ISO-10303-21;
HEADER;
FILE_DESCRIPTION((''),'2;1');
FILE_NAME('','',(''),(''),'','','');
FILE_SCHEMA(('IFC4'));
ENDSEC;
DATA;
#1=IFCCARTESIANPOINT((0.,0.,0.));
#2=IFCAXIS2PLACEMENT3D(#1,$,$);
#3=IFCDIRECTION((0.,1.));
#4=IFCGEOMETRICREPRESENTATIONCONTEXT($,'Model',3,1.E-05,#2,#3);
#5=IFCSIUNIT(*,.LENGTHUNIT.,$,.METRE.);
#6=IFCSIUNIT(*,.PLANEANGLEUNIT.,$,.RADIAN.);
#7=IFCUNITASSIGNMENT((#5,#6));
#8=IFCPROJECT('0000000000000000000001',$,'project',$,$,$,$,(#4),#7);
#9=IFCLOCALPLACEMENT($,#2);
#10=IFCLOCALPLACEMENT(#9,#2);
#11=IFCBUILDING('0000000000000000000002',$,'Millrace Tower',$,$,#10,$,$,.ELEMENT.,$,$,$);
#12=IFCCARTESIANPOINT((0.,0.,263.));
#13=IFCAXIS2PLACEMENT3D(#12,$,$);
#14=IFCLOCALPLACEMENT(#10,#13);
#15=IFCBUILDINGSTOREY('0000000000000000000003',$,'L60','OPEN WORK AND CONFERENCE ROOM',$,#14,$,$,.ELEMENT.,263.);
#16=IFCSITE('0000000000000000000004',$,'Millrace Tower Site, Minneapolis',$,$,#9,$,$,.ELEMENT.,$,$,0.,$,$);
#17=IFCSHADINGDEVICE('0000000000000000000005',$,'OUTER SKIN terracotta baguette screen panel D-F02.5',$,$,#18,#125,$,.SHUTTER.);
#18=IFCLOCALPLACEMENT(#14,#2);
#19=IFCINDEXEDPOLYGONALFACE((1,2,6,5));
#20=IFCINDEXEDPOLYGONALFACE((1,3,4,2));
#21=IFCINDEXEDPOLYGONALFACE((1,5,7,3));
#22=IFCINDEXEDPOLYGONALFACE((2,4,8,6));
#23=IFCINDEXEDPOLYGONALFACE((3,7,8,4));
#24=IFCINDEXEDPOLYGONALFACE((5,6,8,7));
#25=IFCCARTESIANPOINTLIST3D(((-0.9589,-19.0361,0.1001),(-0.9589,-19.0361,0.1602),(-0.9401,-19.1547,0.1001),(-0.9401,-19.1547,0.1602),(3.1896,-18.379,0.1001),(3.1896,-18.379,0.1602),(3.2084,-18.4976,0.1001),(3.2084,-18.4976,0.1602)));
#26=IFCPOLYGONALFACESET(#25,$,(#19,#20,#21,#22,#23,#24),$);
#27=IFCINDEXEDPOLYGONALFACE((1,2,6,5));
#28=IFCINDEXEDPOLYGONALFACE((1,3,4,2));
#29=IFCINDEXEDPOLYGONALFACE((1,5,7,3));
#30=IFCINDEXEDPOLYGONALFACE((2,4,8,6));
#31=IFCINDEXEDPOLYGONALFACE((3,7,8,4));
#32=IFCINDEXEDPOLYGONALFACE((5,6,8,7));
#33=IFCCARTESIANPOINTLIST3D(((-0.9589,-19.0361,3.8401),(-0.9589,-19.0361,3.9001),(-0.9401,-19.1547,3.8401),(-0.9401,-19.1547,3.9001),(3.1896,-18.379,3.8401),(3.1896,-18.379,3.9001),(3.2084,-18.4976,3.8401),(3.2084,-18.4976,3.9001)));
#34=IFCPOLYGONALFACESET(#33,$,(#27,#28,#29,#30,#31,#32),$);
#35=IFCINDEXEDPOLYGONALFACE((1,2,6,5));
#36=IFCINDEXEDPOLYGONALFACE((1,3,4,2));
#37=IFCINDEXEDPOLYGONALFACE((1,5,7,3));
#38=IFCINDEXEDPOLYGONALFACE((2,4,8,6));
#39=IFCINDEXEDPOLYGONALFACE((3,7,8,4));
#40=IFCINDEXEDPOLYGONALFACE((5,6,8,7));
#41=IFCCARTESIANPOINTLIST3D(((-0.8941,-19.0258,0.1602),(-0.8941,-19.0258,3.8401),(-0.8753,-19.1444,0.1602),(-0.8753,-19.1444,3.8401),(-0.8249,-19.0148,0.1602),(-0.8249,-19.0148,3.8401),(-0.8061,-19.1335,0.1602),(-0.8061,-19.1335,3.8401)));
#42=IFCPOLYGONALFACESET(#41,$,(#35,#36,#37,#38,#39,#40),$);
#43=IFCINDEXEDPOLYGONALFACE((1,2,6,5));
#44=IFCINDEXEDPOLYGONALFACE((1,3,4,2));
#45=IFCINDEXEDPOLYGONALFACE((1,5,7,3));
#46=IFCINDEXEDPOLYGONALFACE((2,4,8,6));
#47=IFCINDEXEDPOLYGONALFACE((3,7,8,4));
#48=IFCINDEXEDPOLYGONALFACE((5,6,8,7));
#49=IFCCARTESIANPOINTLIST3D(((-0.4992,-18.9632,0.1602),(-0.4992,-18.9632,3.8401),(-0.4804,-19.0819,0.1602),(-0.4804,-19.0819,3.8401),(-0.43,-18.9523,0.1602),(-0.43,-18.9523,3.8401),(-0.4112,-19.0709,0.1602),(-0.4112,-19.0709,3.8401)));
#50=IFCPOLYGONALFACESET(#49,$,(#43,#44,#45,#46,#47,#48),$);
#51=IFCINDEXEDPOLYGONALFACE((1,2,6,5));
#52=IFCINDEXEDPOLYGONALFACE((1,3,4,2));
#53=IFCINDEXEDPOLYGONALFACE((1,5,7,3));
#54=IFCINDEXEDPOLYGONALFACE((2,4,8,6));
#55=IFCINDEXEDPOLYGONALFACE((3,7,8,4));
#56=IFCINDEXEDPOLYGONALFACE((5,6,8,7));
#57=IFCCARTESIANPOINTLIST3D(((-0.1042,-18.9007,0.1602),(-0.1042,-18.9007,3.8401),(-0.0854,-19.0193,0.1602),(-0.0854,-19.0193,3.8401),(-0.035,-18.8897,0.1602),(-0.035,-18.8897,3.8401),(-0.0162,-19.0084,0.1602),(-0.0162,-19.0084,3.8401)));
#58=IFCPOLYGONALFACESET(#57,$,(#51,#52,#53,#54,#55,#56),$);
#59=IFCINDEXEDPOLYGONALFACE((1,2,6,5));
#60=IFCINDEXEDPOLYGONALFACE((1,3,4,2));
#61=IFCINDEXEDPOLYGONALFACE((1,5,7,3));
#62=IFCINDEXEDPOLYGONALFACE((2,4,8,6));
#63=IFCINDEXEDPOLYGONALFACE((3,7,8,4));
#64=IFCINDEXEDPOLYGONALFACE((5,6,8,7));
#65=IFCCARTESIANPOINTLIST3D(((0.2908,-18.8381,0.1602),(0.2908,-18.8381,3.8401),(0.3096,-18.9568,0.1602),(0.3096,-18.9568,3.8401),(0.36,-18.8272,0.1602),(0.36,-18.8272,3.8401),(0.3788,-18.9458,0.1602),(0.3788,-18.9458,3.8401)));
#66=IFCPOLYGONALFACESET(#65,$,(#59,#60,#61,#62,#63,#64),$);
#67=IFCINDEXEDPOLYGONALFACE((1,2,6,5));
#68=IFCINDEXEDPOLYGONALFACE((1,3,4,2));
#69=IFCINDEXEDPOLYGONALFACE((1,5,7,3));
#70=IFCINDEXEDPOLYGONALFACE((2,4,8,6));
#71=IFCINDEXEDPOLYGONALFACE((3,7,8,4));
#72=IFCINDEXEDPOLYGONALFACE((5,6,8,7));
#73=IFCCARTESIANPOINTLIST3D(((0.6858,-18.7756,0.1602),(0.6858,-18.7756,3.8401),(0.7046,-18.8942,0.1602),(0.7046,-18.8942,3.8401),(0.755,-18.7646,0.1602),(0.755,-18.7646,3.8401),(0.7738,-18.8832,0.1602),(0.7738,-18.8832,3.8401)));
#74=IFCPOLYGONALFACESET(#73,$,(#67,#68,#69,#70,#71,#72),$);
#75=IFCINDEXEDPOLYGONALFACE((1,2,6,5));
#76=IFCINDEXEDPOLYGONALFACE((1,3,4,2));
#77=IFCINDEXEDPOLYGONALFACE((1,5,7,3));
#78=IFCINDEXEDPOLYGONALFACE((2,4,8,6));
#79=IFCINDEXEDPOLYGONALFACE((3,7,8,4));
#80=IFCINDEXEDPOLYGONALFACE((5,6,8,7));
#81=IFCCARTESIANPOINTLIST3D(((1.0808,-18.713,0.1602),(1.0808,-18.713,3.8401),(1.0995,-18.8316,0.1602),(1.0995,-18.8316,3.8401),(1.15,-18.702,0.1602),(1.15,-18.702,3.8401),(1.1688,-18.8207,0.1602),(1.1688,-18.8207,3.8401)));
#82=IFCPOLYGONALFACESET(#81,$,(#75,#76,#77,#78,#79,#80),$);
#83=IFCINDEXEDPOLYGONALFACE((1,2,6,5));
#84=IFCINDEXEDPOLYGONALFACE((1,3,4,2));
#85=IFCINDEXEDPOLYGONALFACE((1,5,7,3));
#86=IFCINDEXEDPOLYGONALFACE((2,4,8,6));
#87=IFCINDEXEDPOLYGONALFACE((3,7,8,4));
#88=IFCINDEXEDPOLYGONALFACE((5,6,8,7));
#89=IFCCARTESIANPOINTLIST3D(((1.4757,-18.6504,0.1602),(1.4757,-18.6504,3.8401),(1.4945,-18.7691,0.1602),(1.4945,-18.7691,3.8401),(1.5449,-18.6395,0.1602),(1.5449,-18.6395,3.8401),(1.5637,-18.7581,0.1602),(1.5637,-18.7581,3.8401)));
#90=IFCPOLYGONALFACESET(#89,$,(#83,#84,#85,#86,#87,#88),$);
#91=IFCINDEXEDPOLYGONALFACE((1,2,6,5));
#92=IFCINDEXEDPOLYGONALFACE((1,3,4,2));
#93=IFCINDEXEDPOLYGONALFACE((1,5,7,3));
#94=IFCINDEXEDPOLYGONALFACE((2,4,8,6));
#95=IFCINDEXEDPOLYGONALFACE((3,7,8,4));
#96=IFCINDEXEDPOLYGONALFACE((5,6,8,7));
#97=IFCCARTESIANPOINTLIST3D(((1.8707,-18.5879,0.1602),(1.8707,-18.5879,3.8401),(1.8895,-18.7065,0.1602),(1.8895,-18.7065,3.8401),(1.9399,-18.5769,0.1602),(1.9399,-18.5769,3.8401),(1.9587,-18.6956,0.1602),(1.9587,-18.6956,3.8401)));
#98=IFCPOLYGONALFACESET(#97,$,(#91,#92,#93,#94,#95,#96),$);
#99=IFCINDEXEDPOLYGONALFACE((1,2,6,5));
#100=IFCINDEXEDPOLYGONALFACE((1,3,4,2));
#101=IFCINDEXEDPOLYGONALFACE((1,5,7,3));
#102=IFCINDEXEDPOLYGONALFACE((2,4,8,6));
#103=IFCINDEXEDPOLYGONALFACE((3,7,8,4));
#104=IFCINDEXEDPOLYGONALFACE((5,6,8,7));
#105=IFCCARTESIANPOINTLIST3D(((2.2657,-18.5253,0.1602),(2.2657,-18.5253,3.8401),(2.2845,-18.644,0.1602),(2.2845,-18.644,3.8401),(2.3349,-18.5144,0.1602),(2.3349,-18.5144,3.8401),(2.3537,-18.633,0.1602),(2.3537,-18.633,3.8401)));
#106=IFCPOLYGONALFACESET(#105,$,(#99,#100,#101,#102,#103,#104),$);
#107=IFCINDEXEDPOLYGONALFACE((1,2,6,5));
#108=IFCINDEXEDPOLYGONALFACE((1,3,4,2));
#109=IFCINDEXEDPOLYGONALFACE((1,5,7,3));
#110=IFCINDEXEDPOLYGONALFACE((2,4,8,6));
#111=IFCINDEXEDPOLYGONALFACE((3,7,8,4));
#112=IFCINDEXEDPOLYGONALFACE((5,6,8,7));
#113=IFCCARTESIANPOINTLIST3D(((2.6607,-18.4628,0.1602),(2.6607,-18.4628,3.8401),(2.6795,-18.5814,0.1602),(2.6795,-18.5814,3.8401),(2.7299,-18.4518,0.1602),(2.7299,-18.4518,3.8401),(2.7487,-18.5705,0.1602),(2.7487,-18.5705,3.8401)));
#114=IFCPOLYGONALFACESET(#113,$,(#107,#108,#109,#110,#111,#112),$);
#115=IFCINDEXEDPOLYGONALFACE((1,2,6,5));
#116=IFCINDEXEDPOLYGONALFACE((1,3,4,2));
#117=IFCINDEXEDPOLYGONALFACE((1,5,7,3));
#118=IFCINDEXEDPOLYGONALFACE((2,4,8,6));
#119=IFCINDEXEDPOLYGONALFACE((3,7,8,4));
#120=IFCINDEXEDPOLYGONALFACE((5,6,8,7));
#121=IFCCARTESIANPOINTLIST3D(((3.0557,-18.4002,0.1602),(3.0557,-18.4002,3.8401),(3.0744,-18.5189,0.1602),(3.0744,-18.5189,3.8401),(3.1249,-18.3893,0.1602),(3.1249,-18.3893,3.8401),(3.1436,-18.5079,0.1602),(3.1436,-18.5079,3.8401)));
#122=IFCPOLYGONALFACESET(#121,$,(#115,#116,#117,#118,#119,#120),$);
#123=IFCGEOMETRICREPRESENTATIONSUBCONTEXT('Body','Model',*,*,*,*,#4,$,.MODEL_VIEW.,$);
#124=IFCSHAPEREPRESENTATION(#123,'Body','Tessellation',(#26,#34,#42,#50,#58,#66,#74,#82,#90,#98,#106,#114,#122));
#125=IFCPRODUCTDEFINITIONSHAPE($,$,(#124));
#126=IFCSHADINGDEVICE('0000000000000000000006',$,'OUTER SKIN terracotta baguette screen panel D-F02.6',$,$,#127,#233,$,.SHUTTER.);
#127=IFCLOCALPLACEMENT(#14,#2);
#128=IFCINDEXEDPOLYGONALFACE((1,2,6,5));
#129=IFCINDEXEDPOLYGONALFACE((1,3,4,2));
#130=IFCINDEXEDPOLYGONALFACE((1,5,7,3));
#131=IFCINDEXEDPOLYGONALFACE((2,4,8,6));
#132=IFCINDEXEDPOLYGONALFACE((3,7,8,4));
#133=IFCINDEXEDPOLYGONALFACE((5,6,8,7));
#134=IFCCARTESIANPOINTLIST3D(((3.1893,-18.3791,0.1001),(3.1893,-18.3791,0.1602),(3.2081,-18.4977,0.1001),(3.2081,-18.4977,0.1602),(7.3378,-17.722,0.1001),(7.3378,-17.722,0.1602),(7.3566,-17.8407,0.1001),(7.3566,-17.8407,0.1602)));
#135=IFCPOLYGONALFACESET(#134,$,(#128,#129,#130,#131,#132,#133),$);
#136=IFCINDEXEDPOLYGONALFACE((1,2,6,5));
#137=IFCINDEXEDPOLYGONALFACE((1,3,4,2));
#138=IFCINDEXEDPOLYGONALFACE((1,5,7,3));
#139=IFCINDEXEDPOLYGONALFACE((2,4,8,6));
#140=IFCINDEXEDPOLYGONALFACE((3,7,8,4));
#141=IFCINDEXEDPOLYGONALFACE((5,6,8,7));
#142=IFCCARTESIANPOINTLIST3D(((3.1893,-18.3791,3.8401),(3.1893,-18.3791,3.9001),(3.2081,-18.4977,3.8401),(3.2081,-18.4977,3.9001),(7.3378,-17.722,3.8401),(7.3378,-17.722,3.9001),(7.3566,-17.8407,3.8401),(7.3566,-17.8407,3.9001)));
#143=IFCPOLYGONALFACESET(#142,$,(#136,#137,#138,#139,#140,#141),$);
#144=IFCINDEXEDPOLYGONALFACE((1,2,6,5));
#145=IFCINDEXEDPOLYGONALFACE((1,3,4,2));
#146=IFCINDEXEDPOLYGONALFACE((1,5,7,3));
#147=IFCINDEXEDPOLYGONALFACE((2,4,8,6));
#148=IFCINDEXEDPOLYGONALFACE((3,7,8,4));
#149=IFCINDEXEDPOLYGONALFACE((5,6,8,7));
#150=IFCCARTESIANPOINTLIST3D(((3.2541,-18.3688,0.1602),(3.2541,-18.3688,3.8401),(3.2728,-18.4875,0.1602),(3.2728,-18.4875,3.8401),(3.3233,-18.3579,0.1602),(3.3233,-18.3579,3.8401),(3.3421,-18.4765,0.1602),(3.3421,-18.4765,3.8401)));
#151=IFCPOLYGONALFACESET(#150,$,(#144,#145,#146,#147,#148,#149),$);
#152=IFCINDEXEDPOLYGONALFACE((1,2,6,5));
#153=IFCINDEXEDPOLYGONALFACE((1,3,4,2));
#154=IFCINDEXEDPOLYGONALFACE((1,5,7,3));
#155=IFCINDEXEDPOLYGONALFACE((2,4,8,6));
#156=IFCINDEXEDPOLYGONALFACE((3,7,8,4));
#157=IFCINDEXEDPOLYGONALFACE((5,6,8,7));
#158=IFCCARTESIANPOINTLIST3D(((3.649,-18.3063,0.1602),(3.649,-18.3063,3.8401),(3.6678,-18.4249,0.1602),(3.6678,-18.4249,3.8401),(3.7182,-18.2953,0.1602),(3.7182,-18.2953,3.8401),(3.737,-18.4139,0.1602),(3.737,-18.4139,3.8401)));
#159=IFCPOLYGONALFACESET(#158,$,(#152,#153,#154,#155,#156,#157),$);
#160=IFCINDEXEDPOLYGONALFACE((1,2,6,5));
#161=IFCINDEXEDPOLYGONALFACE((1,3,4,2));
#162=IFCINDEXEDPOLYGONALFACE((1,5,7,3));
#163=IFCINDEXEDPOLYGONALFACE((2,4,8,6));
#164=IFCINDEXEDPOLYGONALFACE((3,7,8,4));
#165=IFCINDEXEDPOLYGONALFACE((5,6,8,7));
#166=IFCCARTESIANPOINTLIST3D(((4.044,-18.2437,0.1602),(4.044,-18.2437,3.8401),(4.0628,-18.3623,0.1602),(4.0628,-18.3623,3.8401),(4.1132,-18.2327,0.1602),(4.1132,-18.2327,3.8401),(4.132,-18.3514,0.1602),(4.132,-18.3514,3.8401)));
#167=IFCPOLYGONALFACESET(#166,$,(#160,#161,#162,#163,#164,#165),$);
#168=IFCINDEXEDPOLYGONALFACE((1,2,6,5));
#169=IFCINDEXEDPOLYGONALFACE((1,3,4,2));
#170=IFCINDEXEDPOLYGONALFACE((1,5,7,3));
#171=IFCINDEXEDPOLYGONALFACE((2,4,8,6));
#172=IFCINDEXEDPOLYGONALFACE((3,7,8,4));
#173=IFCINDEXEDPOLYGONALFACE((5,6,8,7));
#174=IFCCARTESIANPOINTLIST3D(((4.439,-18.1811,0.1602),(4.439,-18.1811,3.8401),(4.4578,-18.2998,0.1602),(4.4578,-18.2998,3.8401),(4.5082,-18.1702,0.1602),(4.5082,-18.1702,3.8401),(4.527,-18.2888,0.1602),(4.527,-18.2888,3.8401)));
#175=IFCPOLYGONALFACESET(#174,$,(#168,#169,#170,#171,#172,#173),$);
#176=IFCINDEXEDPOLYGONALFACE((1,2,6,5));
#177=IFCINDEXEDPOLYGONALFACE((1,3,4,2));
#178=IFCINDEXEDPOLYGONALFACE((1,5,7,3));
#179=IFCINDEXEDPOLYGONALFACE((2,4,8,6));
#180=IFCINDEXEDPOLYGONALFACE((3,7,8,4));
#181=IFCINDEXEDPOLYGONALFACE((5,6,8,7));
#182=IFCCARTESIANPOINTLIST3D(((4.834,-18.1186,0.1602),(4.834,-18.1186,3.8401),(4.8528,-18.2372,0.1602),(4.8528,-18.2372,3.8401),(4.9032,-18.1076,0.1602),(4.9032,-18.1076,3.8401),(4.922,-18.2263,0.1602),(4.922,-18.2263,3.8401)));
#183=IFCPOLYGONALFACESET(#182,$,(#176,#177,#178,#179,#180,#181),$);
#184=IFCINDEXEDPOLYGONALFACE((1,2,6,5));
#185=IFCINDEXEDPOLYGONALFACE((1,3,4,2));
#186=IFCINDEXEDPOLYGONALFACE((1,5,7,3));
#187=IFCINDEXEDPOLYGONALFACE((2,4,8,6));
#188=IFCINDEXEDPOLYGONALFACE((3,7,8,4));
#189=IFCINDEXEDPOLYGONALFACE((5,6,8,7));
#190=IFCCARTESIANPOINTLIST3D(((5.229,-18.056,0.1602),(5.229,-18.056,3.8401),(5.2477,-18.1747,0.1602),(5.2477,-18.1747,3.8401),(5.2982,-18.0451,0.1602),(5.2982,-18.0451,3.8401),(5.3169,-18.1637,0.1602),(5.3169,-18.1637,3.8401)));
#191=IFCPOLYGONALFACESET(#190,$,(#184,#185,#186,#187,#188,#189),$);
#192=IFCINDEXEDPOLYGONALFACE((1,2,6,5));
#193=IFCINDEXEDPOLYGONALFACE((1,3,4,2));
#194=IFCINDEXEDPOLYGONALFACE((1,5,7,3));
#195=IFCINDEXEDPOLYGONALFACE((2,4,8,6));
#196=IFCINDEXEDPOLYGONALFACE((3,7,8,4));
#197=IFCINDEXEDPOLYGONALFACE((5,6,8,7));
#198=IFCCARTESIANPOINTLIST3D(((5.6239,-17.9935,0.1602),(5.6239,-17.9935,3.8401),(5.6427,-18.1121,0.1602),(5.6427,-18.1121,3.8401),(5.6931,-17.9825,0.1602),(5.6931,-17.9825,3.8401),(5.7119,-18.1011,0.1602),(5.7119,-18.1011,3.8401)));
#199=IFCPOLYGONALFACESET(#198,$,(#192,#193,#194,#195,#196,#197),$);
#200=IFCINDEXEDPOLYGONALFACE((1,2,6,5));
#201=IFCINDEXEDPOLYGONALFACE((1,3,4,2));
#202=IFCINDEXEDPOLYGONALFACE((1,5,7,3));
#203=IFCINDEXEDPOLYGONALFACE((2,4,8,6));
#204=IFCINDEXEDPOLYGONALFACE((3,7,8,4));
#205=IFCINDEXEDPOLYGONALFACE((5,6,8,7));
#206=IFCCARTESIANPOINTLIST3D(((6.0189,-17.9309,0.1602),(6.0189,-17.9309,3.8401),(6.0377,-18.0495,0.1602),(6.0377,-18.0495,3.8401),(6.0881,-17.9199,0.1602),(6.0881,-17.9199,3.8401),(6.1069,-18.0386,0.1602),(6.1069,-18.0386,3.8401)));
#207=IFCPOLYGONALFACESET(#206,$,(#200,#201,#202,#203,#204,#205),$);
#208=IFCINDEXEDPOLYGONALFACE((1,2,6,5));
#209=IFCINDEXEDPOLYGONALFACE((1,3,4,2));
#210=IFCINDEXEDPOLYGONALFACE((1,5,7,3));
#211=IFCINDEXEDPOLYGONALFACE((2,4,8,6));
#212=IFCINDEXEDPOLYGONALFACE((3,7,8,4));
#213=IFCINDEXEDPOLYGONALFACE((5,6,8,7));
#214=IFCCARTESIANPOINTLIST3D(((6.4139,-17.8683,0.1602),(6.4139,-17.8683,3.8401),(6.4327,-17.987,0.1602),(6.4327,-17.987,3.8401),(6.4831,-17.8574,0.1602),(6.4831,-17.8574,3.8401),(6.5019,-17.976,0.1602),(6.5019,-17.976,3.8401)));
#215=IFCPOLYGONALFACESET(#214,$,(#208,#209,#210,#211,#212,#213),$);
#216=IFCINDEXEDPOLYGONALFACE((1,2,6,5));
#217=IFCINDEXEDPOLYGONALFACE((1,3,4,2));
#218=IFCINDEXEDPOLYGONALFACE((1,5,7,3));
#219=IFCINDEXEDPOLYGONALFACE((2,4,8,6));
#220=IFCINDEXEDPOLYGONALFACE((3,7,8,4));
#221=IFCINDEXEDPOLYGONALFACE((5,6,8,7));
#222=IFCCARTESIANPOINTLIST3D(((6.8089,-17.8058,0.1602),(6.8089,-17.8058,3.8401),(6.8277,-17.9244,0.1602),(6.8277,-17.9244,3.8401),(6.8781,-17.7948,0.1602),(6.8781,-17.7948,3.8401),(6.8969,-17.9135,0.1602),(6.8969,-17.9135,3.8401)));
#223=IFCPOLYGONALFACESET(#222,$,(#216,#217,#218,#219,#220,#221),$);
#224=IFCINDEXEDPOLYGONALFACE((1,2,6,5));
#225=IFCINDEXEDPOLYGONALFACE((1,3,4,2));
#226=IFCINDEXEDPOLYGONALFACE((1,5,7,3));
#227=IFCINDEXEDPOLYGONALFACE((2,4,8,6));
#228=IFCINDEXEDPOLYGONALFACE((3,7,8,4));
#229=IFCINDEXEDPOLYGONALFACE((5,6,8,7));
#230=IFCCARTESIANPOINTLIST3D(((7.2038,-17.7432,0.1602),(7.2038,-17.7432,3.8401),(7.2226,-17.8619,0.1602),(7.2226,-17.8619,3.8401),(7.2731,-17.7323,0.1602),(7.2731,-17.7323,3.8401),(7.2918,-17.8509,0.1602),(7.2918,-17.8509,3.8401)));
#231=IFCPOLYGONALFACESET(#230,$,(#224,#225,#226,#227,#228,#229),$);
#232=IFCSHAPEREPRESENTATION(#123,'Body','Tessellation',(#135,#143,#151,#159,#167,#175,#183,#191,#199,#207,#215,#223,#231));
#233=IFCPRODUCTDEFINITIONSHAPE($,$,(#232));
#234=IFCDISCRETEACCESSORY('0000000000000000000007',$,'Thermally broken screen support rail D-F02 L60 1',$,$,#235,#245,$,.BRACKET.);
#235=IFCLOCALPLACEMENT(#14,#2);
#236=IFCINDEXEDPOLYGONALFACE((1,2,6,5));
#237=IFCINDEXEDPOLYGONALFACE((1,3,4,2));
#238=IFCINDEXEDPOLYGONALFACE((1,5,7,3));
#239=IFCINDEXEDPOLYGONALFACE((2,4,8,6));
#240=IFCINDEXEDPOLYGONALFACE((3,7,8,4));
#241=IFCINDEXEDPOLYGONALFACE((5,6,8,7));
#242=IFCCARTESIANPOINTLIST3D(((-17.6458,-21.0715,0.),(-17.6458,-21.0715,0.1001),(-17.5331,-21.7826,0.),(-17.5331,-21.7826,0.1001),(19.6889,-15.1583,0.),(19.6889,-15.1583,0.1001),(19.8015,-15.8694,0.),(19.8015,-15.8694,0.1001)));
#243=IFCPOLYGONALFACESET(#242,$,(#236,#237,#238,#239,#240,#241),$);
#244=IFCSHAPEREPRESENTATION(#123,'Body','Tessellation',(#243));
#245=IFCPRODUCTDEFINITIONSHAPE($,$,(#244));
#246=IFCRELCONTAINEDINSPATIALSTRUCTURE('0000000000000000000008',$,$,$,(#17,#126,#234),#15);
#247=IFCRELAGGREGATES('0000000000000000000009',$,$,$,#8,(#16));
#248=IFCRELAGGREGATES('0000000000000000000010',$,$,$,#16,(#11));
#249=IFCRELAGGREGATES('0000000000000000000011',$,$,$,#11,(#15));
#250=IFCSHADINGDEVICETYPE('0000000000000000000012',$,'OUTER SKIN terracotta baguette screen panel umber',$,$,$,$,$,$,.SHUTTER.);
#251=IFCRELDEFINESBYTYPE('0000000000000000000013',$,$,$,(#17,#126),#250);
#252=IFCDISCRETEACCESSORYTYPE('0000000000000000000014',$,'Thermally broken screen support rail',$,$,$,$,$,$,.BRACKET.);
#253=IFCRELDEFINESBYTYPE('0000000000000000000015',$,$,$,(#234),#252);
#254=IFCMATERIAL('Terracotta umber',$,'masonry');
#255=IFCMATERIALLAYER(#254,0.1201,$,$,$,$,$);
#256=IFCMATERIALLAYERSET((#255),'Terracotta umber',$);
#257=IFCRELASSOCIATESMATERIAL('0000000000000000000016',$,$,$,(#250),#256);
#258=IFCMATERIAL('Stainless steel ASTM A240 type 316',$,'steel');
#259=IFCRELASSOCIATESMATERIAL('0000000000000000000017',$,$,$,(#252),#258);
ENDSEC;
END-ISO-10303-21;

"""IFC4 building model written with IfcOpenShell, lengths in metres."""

from ifc_helpers import new_model, entity, si_unit, direction, frame, frame_2d, origin, origin_2d, place, context, subcontext, project, spatial, rectangle, extrude, source, transform, mapped, material, layer, layer_set, type_object, element, save


model = new_model("IFC4")

# Units and contexts
model_context = context("Model", 3, precision=1e-05, world=origin(), true_north=direction((0.0, 1.0)))
body_context = subcontext(model_context, "Body", "Model", "MODEL_VIEW")
ifc_project = project(units=[si_unit("LENGTHUNIT", "METRE"), si_unit("PLANEANGLEUNIT", "RADIAN")], contexts=[model_context])

# Site, building, storey
site_placement = place(None, origin())
site = spatial("IfcSite", under=ifc_project, at=site_placement, Name="Millrace Tower Site, Minneapolis", CompositionType="ELEMENT", RefElevation=0.0)
building_placement = place(site_placement, origin())
building = spatial("IfcBuilding", under=site, at=building_placement, Name="Millrace Tower", CompositionType="ELEMENT")
storey_placement = place(building_placement, frame((0.0, 0.0, 263.0)))
storey = spatial("IfcBuildingStorey", under=building, at=storey_placement, Name="L60", Description="OPEN WORK AND CONFERENCE ROOM", CompositionType="ELEMENT", Elevation=263.0)

# Shading devices
ifc_material_1 = material(Name="Terracotta umber", Category="masonry")
ifc_layer_1 = layer(ifc_material_1, 0.1201)
ifc_layer_set_1 = layer_set([ifc_layer_1], Name="Terracotta umber")
shading_device_type = type_object("IfcShadingDeviceType", Name="OUTER SKIN terracotta baguette screen panel umber", PredefinedType="SHUTTER", material=ifc_layer_set_1)
cartesian_point = entity("IfcCartesianPoint", [-2.1001, 0.0601])
shared_polyline = entity("IfcPolyline", [cartesian_point, entity("IfcCartesianPoint", [2.1001, 0.0601]), entity("IfcCartesianPoint", [2.1001, -0.0601]), entity("IfcCartesianPoint", [-2.1001, -0.0601]), cartesian_point])
shared_shape = source(origin(), body_context, "Body", "SweptSolid", [
    entity("IfcExtrudedAreaSolid", entity("IfcArbitraryClosedProfileDef", "AREA", None, shared_polyline), entity("IfcAxis2Placement3D", entity("IfcCartesianPoint", [0.0, 0.0, 0.0])), entity("IfcDirection", [0.0, 0.0, 1.0]), 0.0601),
    entity("IfcExtrudedAreaSolid", entity("IfcArbitraryClosedProfileDef", "AREA", None, shared_polyline), entity("IfcAxis2Placement3D", entity("IfcCartesianPoint", [0.0, 0.0, 3.74])), entity("IfcDirection", [0.0, 0.0, 1.0]), 0.0601),
    extrude(rectangle(XDim=0.0701, YDim=0.1201, at=frame_2d((-1.9995, 0.0))), frame((0.0, 0.0, 0.0601)), (0.0, 0.0, 1.0), 3.6799),
    extrude(rectangle(XDim=0.0701, YDim=0.1201, at=frame_2d((-1.5996, 0.0))), frame((0.0, 0.0, 0.0601)), (0.0, 0.0, 1.0), 3.6799),
    extrude(rectangle(XDim=0.0701, YDim=0.1201, at=frame_2d((-1.1997, 0.0))), frame((0.0, 0.0, 0.0601)), (0.0, 0.0, 1.0), 3.6799),
    extrude(rectangle(XDim=0.0701, YDim=0.1201, at=frame_2d((-0.7998, 0.0))), frame((0.0, 0.0, 0.0601)), (0.0, 0.0, 1.0), 3.6799),
    extrude(rectangle(XDim=0.0701, YDim=0.1201, at=frame_2d((-0.3999, 0.0))), frame((0.0, 0.0, 0.0601)), (0.0, 0.0, 1.0), 3.6799),
    extrude(rectangle(XDim=0.0701, YDim=0.1201, at=origin_2d()), frame((0.0, 0.0, 0.0601)), (0.0, 0.0, 1.0), 3.6799),
    extrude(rectangle(XDim=0.0701, YDim=0.1201, at=frame_2d((0.3999, 0.0))), frame((0.0, 0.0, 0.0601)), (0.0, 0.0, 1.0), 3.6799),
    extrude(rectangle(XDim=0.0701, YDim=0.1201, at=frame_2d((0.7998, 0.0))), frame((0.0, 0.0, 0.0601)), (0.0, 0.0, 1.0), 3.6799),
    extrude(rectangle(XDim=0.0701, YDim=0.1201, at=frame_2d((1.1997, 0.0))), frame((0.0, 0.0, 0.0601)), (0.0, 0.0, 1.0), 3.6799),
    extrude(rectangle(XDim=0.0701, YDim=0.1201, at=frame_2d((1.5996, 0.0))), frame((0.0, 0.0, 0.0601)), (0.0, 0.0, 1.0), 3.6799),
    extrude(rectangle(XDim=0.0701, YDim=0.1201, at=frame_2d((1.9995, 0.0))), frame((0.0, 0.0, 0.0601)), (0.0, 0.0, 1.0), 3.6799),
])
for number, where, z_axis, x_axis, name in (
    (1, (1.1248, -18.7668, 0.1001), (0.0, 0.0, 1.0), (0.987688, 0.156434, 0.0), "OUTER SKIN terracotta baguette screen panel D-F02.5"),
    (2, (5.2729, -18.1099, 0.1001), (0.0, 0.0, 1.0), (0.987688, 0.156434, 0.0), "OUTER SKIN terracotta baguette screen panel D-F02.6"),
):
    element("IfcShadingDevice", number, at=place(storey_placement, frame(where, z_axis=z_axis, x_axis=x_axis)), inside=storey, type_object=shading_device_type, Name=name, PredefinedType="SHUTTER", context=body_context, shape_type="MappedRepresentation", body=[
        mapped(shared_shape, transform((0.0, 0.0, 0.0), scale=1.0)),
    ])

# Discrete accessory
ifc_material_2 = material(Name="Stainless steel ASTM A240 type 316", Category="steel")
discrete_accessory_type = type_object("IfcDiscreteAccessoryType", Name="Thermally broken screen support rail", PredefinedType="BRACKET", material=ifc_material_2)
discrete_accessory_placement = place(storey_placement, frame((1.0779, -18.4705, 0.0), z_axis=(0.0, 0.0, 1.0), x_axis=(0.987688, 0.156434, 0.0)))
element("IfcDiscreteAccessory", 3, at=discrete_accessory_placement, inside=storey, type_object=discrete_accessory_type, Name="Thermally broken screen support rail D-F02 L60 1", PredefinedType="BRACKET", context=body_context, shape_type="SweptSolid", body=[
    extrude(rectangle(XDim=37.8, YDim=0.72, at=origin_2d()), origin(), (0.0, 0.0, 1.0), 0.1001),
])

save(model, "model.ifc")
